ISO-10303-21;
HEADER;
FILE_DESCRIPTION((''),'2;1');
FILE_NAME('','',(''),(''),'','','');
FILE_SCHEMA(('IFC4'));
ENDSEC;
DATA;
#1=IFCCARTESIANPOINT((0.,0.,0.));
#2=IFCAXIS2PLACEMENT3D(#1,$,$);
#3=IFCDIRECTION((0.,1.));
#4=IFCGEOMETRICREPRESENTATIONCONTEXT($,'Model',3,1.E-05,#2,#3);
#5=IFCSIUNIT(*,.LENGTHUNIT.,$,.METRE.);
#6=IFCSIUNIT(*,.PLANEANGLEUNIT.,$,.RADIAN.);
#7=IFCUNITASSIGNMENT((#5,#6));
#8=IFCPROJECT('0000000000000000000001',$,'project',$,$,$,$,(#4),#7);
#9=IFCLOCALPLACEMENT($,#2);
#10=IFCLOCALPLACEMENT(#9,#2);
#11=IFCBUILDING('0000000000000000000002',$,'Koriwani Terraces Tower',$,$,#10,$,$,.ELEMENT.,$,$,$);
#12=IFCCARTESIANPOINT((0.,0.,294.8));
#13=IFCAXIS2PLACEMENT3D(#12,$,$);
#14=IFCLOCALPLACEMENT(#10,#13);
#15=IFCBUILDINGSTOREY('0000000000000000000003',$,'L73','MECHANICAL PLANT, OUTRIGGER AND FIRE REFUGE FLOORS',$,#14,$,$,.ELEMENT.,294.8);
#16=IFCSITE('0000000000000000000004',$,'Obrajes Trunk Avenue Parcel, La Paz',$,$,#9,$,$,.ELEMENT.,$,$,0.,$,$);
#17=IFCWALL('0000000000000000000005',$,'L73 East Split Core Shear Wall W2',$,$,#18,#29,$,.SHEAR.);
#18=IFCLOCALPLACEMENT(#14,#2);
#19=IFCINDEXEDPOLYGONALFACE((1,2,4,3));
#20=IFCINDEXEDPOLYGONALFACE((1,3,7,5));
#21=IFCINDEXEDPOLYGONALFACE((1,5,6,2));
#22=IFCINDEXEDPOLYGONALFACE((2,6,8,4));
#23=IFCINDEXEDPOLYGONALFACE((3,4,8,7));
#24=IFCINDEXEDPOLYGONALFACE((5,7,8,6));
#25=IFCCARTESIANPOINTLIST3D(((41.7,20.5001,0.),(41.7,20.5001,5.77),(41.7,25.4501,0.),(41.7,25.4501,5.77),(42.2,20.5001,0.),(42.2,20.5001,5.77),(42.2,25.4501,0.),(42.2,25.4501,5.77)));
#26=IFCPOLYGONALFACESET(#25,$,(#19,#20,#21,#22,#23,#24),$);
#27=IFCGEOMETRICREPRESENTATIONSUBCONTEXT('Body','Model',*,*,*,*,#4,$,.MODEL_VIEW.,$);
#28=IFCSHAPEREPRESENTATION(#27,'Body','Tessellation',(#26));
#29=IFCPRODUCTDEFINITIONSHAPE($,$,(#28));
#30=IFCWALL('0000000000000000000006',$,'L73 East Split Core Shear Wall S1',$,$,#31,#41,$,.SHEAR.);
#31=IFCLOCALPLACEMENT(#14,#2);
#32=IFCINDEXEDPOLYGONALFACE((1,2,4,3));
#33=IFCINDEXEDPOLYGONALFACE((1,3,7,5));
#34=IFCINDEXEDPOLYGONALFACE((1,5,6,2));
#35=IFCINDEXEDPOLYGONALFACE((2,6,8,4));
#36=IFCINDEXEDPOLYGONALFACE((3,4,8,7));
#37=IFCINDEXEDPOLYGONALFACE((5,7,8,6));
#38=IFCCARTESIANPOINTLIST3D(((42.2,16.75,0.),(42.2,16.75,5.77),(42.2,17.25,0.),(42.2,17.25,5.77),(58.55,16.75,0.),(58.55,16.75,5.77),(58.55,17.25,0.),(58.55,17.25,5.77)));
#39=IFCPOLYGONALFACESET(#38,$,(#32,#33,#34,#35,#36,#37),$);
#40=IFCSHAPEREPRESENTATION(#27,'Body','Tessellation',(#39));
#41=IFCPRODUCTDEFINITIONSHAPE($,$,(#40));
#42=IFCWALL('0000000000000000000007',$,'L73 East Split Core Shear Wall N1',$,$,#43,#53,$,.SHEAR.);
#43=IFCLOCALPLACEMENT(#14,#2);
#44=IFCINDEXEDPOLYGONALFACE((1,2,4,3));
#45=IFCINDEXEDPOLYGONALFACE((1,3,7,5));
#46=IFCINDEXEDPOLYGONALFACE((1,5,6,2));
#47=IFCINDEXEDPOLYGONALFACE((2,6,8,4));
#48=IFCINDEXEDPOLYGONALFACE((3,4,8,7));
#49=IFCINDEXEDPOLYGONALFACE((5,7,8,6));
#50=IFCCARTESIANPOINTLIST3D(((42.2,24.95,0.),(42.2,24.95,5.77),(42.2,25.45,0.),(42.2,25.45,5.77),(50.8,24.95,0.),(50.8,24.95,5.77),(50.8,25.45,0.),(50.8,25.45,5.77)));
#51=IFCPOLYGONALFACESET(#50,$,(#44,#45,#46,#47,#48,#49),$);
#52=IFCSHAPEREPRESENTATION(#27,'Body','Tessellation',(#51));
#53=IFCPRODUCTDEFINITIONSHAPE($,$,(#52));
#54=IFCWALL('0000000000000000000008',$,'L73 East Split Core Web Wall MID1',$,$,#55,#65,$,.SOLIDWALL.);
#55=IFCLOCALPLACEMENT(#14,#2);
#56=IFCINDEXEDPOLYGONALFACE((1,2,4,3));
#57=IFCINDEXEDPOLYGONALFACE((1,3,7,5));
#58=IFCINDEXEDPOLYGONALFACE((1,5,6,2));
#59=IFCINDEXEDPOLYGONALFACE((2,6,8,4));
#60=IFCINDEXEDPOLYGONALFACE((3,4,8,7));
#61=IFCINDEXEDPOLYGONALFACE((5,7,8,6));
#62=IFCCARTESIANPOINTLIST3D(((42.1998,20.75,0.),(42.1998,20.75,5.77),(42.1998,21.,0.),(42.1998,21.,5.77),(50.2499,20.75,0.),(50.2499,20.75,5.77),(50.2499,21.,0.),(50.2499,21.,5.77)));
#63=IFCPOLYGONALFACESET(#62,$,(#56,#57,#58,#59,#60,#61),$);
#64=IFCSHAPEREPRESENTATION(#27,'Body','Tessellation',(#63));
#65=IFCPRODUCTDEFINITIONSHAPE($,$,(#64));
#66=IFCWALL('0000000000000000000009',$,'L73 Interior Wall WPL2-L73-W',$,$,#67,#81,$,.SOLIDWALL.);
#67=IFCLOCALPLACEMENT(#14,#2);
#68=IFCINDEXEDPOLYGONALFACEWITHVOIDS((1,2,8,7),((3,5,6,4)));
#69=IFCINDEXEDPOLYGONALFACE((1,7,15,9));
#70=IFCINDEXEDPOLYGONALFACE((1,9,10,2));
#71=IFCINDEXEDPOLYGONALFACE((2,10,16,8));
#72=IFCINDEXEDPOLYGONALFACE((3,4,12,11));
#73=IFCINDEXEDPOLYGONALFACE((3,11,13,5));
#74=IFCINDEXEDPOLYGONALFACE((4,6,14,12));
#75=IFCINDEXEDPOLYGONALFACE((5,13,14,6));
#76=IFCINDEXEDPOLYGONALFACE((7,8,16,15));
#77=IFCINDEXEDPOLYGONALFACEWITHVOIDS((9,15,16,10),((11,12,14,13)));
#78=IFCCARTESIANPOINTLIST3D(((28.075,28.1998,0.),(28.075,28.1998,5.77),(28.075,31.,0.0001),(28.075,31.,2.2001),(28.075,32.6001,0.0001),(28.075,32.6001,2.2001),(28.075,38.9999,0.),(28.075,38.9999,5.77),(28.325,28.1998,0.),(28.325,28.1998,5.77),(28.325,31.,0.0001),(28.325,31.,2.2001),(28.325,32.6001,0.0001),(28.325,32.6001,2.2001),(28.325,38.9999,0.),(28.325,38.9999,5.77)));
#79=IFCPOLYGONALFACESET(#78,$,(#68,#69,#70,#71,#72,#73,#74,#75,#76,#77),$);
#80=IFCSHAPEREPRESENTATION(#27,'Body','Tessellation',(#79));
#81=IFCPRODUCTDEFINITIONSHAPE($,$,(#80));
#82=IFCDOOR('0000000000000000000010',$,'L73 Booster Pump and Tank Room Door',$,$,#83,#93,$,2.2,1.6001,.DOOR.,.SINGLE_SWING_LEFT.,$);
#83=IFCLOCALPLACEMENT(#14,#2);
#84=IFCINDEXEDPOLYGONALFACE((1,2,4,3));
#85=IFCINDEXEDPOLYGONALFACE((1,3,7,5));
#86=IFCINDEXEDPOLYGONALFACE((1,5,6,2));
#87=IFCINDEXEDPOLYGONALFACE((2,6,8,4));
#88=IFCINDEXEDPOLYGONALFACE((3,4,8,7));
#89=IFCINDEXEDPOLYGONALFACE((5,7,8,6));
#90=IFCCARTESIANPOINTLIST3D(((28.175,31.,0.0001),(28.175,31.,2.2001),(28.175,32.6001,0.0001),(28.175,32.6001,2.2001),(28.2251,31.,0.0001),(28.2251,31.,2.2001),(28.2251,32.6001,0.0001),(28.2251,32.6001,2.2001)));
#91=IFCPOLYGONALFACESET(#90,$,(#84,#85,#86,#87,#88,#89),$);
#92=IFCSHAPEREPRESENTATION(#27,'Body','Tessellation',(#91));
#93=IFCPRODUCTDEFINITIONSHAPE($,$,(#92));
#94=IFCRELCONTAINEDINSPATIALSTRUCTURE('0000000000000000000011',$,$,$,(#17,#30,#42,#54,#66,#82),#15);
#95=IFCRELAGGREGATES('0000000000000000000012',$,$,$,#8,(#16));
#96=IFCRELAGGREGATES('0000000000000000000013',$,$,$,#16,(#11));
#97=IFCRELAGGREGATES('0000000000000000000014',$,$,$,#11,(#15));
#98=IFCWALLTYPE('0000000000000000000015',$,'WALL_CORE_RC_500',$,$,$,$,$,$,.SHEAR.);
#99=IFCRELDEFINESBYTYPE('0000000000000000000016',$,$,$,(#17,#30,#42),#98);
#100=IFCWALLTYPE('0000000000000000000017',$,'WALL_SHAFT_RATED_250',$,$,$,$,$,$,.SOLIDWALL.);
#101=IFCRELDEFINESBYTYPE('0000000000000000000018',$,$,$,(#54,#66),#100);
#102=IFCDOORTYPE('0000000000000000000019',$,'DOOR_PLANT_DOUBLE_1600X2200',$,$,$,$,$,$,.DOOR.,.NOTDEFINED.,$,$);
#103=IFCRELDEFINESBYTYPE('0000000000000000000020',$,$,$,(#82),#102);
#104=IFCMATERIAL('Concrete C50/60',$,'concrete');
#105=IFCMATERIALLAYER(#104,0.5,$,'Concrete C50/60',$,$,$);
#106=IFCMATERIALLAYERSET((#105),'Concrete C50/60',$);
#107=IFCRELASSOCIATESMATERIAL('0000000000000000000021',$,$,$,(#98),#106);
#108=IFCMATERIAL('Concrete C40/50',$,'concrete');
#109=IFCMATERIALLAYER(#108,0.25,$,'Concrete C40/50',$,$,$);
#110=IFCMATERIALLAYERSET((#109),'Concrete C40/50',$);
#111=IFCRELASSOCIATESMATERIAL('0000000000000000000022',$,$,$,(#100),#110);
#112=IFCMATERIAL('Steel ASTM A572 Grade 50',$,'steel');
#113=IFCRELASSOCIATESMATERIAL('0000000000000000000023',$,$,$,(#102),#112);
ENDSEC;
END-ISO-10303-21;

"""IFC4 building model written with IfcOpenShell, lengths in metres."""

from ifc_helpers import new_model, si_unit, direction, frame, frame_2d, origin, place, context, subcontext, project, spatial, rectangle, extrude, material, layer, layer_set, type_object, element, fill, save


model = new_model("IFC4")

# Units and contexts
model_context = context("Model", 3, precision=1e-05, world=origin(), true_north=direction((0.0, 1.0)))
body_context = subcontext(model_context, "Body", "Model", "MODEL_VIEW")
ifc_project = project(units=[si_unit("LENGTHUNIT", "METRE"), si_unit("PLANEANGLEUNIT", "RADIAN")], contexts=[model_context])

# Site, building, storey
site_placement = place(None, origin())
site = spatial("IfcSite", under=ifc_project, at=site_placement, Name="Obrajes Trunk Avenue Parcel, La Paz", CompositionType="ELEMENT", RefElevation=0.0)
building_placement = place(site_placement, origin())
building = spatial("IfcBuilding", under=site, at=building_placement, Name="Koriwani Terraces Tower", CompositionType="ELEMENT")
storey_placement = place(building_placement, frame((0.0, 0.0, 294.8)))
storey = spatial("IfcBuildingStorey", under=building, at=storey_placement, Name="L73", Description="MECHANICAL PLANT, OUTRIGGER AND FIRE REFUGE FLOORS", CompositionType="ELEMENT", Elevation=294.8)

# Shared definitions
ifc_material_1 = material(Name="Concrete C50/60", Category="concrete")

# Shared definitions
ifc_material_2 = material(Name="Concrete C40/50", Category="concrete")
ifc_material_3 = material(Name="Steel ASTM A572 Grade 50", Category="steel")

# Walls
ifc_layer_1 = layer(ifc_material_1, 0.5, Name="Concrete C50/60")
ifc_layer_set_1 = layer_set([ifc_layer_1], Name="Concrete C50/60")
wall_type_1 = type_object("IfcWallType", Name="WALL_CORE_RC_500", PredefinedType="SHEAR", material=ifc_layer_set_1)
wall_1_placement = place(storey_placement, frame((41.95, 20.5, 0.0), z_axis=(0.0, 0.0, 1.0), x_axis=(0.0, 1.0, 0.0)))
element("IfcWall", 1, at=wall_1_placement, inside=storey, type_object=wall_type_1, Name="L73 East Split Core Shear Wall W2", PredefinedType="SHEAR", context=body_context, shape_type="SweptSolid", body=[
    extrude(rectangle(XDim=4.95, YDim=0.5, at=frame_2d((2.4751, 0.0))), origin(), (0.0, 0.0, 1.0), 5.77),
])
wall_2_placement = place(storey_placement, frame((42.2, 17.0, 0.0), z_axis=(0.0, 0.0, 1.0), x_axis=(1.0, 0.0, 0.0)))
element("IfcWall", 2, at=wall_2_placement, inside=storey, type_object=wall_type_1, Name="L73 East Split Core Shear Wall S1", PredefinedType="SHEAR", context=body_context, shape_type="SweptSolid", body=[
    extrude(rectangle(XDim=16.3501, YDim=0.5, at=frame_2d((8.175, 0.0))), origin(), (0.0, 0.0, 1.0), 5.77),
])
wall_3_placement = place(storey_placement, frame((42.2, 25.2, 0.0), z_axis=(0.0, 0.0, 1.0), x_axis=(1.0, 0.0, 0.0)))
element("IfcWall", 3, at=wall_3_placement, inside=storey, type_object=wall_type_1, Name="L73 East Split Core Shear Wall N1", PredefinedType="SHEAR", context=body_context, shape_type="SweptSolid", body=[
    extrude(rectangle(XDim=8.6001, YDim=0.5, at=frame_2d((4.3, 0.0))), origin(), (0.0, 0.0, 1.0), 5.77),
])
ifc_layer_2 = layer(ifc_material_2, 0.25, Name="Concrete C40/50")
ifc_layer_set_2 = layer_set([ifc_layer_2], Name="Concrete C40/50")
wall_type_2 = type_object("IfcWallType", Name="WALL_SHAFT_RATED_250", PredefinedType="SOLIDWALL", material=ifc_layer_set_2)
wall_4_placement = place(storey_placement, frame((42.2, 20.875, 0.0), z_axis=(0.0, 0.0, 1.0), x_axis=(1.0, 0.0, 0.0)))
element("IfcWall", 4, at=wall_4_placement, inside=storey, type_object=wall_type_2, Name="L73 East Split Core Web Wall MID1", PredefinedType="SOLIDWALL", context=body_context, shape_type="SweptSolid", body=[
    extrude(rectangle(XDim=8.05, YDim=0.25, at=frame_2d((4.0249, 0.0))), origin(), (0.0, 0.0, 1.0), 5.77),
])

# Wall, opening, door
wall_5_placement = place(storey_placement, frame((28.2, 28.2, 0.0), z_axis=(0.0, 0.0, 1.0), x_axis=(0.0, 1.0, 0.0)))
wall_5 = element("IfcWall", 5, at=wall_5_placement, inside=storey, type_object=wall_type_2, Name="L73 Interior Wall WPL2-L73-W", PredefinedType="SOLIDWALL", context=body_context, shape_type="SweptSolid", body=[
    extrude(rectangle(XDim=10.8, YDim=0.25, at=frame_2d((5.3999, 0.0))), origin(), (0.0, 0.0, 1.0), 5.77),
])
opening_1_placement = place(wall_5_placement, frame((2.8, 0.0, 0.0)))
opening_1 = element("IfcOpeningElement", 6, at=opening_1_placement, cuts=wall_5, PredefinedType="OPENING", context=body_context, shape_type="SweptSolid", body=[
    extrude(rectangle(XDim=1.6001, YDim=2.2, at=frame_2d((0.8, 1.1001))), frame((0.0, 0.135, 0.0), z_axis=(0.0, -1.0, 0.0), x_axis=(1.0, 0.0, 0.0)), (0.0, 0.0, 1.0), 0.27),
])
door_type_1 = type_object("IfcDoorType", Name="DOOR_PLANT_DOUBLE_1600X2200", OperationType="NOTDEFINED", PredefinedType="DOOR", material=ifc_material_3)
door_1_placement = place(opening_1_placement, origin())
door_1 = element("IfcDoor", 7, at=door_1_placement, inside=storey, type_object=door_type_1, Name="L73 Booster Pump and Tank Room Door", OperationType="SINGLE_SWING_LEFT", OverallHeight=2.2, OverallWidth=1.6001, PredefinedType="DOOR", context=body_context, shape_type="SweptSolid", body=[
    extrude(rectangle(XDim=1.6001, YDim=2.2, at=frame_2d((0.8, 1.1001))), frame((0.0, 0.0249, 0.0), z_axis=(0.0, -1.0, 0.0), x_axis=(1.0, 0.0, 0.0)), (0.0, 0.0, 1.0), 0.05),
])
fill(opening_1, door_1)

save(model, "model.ifc")
